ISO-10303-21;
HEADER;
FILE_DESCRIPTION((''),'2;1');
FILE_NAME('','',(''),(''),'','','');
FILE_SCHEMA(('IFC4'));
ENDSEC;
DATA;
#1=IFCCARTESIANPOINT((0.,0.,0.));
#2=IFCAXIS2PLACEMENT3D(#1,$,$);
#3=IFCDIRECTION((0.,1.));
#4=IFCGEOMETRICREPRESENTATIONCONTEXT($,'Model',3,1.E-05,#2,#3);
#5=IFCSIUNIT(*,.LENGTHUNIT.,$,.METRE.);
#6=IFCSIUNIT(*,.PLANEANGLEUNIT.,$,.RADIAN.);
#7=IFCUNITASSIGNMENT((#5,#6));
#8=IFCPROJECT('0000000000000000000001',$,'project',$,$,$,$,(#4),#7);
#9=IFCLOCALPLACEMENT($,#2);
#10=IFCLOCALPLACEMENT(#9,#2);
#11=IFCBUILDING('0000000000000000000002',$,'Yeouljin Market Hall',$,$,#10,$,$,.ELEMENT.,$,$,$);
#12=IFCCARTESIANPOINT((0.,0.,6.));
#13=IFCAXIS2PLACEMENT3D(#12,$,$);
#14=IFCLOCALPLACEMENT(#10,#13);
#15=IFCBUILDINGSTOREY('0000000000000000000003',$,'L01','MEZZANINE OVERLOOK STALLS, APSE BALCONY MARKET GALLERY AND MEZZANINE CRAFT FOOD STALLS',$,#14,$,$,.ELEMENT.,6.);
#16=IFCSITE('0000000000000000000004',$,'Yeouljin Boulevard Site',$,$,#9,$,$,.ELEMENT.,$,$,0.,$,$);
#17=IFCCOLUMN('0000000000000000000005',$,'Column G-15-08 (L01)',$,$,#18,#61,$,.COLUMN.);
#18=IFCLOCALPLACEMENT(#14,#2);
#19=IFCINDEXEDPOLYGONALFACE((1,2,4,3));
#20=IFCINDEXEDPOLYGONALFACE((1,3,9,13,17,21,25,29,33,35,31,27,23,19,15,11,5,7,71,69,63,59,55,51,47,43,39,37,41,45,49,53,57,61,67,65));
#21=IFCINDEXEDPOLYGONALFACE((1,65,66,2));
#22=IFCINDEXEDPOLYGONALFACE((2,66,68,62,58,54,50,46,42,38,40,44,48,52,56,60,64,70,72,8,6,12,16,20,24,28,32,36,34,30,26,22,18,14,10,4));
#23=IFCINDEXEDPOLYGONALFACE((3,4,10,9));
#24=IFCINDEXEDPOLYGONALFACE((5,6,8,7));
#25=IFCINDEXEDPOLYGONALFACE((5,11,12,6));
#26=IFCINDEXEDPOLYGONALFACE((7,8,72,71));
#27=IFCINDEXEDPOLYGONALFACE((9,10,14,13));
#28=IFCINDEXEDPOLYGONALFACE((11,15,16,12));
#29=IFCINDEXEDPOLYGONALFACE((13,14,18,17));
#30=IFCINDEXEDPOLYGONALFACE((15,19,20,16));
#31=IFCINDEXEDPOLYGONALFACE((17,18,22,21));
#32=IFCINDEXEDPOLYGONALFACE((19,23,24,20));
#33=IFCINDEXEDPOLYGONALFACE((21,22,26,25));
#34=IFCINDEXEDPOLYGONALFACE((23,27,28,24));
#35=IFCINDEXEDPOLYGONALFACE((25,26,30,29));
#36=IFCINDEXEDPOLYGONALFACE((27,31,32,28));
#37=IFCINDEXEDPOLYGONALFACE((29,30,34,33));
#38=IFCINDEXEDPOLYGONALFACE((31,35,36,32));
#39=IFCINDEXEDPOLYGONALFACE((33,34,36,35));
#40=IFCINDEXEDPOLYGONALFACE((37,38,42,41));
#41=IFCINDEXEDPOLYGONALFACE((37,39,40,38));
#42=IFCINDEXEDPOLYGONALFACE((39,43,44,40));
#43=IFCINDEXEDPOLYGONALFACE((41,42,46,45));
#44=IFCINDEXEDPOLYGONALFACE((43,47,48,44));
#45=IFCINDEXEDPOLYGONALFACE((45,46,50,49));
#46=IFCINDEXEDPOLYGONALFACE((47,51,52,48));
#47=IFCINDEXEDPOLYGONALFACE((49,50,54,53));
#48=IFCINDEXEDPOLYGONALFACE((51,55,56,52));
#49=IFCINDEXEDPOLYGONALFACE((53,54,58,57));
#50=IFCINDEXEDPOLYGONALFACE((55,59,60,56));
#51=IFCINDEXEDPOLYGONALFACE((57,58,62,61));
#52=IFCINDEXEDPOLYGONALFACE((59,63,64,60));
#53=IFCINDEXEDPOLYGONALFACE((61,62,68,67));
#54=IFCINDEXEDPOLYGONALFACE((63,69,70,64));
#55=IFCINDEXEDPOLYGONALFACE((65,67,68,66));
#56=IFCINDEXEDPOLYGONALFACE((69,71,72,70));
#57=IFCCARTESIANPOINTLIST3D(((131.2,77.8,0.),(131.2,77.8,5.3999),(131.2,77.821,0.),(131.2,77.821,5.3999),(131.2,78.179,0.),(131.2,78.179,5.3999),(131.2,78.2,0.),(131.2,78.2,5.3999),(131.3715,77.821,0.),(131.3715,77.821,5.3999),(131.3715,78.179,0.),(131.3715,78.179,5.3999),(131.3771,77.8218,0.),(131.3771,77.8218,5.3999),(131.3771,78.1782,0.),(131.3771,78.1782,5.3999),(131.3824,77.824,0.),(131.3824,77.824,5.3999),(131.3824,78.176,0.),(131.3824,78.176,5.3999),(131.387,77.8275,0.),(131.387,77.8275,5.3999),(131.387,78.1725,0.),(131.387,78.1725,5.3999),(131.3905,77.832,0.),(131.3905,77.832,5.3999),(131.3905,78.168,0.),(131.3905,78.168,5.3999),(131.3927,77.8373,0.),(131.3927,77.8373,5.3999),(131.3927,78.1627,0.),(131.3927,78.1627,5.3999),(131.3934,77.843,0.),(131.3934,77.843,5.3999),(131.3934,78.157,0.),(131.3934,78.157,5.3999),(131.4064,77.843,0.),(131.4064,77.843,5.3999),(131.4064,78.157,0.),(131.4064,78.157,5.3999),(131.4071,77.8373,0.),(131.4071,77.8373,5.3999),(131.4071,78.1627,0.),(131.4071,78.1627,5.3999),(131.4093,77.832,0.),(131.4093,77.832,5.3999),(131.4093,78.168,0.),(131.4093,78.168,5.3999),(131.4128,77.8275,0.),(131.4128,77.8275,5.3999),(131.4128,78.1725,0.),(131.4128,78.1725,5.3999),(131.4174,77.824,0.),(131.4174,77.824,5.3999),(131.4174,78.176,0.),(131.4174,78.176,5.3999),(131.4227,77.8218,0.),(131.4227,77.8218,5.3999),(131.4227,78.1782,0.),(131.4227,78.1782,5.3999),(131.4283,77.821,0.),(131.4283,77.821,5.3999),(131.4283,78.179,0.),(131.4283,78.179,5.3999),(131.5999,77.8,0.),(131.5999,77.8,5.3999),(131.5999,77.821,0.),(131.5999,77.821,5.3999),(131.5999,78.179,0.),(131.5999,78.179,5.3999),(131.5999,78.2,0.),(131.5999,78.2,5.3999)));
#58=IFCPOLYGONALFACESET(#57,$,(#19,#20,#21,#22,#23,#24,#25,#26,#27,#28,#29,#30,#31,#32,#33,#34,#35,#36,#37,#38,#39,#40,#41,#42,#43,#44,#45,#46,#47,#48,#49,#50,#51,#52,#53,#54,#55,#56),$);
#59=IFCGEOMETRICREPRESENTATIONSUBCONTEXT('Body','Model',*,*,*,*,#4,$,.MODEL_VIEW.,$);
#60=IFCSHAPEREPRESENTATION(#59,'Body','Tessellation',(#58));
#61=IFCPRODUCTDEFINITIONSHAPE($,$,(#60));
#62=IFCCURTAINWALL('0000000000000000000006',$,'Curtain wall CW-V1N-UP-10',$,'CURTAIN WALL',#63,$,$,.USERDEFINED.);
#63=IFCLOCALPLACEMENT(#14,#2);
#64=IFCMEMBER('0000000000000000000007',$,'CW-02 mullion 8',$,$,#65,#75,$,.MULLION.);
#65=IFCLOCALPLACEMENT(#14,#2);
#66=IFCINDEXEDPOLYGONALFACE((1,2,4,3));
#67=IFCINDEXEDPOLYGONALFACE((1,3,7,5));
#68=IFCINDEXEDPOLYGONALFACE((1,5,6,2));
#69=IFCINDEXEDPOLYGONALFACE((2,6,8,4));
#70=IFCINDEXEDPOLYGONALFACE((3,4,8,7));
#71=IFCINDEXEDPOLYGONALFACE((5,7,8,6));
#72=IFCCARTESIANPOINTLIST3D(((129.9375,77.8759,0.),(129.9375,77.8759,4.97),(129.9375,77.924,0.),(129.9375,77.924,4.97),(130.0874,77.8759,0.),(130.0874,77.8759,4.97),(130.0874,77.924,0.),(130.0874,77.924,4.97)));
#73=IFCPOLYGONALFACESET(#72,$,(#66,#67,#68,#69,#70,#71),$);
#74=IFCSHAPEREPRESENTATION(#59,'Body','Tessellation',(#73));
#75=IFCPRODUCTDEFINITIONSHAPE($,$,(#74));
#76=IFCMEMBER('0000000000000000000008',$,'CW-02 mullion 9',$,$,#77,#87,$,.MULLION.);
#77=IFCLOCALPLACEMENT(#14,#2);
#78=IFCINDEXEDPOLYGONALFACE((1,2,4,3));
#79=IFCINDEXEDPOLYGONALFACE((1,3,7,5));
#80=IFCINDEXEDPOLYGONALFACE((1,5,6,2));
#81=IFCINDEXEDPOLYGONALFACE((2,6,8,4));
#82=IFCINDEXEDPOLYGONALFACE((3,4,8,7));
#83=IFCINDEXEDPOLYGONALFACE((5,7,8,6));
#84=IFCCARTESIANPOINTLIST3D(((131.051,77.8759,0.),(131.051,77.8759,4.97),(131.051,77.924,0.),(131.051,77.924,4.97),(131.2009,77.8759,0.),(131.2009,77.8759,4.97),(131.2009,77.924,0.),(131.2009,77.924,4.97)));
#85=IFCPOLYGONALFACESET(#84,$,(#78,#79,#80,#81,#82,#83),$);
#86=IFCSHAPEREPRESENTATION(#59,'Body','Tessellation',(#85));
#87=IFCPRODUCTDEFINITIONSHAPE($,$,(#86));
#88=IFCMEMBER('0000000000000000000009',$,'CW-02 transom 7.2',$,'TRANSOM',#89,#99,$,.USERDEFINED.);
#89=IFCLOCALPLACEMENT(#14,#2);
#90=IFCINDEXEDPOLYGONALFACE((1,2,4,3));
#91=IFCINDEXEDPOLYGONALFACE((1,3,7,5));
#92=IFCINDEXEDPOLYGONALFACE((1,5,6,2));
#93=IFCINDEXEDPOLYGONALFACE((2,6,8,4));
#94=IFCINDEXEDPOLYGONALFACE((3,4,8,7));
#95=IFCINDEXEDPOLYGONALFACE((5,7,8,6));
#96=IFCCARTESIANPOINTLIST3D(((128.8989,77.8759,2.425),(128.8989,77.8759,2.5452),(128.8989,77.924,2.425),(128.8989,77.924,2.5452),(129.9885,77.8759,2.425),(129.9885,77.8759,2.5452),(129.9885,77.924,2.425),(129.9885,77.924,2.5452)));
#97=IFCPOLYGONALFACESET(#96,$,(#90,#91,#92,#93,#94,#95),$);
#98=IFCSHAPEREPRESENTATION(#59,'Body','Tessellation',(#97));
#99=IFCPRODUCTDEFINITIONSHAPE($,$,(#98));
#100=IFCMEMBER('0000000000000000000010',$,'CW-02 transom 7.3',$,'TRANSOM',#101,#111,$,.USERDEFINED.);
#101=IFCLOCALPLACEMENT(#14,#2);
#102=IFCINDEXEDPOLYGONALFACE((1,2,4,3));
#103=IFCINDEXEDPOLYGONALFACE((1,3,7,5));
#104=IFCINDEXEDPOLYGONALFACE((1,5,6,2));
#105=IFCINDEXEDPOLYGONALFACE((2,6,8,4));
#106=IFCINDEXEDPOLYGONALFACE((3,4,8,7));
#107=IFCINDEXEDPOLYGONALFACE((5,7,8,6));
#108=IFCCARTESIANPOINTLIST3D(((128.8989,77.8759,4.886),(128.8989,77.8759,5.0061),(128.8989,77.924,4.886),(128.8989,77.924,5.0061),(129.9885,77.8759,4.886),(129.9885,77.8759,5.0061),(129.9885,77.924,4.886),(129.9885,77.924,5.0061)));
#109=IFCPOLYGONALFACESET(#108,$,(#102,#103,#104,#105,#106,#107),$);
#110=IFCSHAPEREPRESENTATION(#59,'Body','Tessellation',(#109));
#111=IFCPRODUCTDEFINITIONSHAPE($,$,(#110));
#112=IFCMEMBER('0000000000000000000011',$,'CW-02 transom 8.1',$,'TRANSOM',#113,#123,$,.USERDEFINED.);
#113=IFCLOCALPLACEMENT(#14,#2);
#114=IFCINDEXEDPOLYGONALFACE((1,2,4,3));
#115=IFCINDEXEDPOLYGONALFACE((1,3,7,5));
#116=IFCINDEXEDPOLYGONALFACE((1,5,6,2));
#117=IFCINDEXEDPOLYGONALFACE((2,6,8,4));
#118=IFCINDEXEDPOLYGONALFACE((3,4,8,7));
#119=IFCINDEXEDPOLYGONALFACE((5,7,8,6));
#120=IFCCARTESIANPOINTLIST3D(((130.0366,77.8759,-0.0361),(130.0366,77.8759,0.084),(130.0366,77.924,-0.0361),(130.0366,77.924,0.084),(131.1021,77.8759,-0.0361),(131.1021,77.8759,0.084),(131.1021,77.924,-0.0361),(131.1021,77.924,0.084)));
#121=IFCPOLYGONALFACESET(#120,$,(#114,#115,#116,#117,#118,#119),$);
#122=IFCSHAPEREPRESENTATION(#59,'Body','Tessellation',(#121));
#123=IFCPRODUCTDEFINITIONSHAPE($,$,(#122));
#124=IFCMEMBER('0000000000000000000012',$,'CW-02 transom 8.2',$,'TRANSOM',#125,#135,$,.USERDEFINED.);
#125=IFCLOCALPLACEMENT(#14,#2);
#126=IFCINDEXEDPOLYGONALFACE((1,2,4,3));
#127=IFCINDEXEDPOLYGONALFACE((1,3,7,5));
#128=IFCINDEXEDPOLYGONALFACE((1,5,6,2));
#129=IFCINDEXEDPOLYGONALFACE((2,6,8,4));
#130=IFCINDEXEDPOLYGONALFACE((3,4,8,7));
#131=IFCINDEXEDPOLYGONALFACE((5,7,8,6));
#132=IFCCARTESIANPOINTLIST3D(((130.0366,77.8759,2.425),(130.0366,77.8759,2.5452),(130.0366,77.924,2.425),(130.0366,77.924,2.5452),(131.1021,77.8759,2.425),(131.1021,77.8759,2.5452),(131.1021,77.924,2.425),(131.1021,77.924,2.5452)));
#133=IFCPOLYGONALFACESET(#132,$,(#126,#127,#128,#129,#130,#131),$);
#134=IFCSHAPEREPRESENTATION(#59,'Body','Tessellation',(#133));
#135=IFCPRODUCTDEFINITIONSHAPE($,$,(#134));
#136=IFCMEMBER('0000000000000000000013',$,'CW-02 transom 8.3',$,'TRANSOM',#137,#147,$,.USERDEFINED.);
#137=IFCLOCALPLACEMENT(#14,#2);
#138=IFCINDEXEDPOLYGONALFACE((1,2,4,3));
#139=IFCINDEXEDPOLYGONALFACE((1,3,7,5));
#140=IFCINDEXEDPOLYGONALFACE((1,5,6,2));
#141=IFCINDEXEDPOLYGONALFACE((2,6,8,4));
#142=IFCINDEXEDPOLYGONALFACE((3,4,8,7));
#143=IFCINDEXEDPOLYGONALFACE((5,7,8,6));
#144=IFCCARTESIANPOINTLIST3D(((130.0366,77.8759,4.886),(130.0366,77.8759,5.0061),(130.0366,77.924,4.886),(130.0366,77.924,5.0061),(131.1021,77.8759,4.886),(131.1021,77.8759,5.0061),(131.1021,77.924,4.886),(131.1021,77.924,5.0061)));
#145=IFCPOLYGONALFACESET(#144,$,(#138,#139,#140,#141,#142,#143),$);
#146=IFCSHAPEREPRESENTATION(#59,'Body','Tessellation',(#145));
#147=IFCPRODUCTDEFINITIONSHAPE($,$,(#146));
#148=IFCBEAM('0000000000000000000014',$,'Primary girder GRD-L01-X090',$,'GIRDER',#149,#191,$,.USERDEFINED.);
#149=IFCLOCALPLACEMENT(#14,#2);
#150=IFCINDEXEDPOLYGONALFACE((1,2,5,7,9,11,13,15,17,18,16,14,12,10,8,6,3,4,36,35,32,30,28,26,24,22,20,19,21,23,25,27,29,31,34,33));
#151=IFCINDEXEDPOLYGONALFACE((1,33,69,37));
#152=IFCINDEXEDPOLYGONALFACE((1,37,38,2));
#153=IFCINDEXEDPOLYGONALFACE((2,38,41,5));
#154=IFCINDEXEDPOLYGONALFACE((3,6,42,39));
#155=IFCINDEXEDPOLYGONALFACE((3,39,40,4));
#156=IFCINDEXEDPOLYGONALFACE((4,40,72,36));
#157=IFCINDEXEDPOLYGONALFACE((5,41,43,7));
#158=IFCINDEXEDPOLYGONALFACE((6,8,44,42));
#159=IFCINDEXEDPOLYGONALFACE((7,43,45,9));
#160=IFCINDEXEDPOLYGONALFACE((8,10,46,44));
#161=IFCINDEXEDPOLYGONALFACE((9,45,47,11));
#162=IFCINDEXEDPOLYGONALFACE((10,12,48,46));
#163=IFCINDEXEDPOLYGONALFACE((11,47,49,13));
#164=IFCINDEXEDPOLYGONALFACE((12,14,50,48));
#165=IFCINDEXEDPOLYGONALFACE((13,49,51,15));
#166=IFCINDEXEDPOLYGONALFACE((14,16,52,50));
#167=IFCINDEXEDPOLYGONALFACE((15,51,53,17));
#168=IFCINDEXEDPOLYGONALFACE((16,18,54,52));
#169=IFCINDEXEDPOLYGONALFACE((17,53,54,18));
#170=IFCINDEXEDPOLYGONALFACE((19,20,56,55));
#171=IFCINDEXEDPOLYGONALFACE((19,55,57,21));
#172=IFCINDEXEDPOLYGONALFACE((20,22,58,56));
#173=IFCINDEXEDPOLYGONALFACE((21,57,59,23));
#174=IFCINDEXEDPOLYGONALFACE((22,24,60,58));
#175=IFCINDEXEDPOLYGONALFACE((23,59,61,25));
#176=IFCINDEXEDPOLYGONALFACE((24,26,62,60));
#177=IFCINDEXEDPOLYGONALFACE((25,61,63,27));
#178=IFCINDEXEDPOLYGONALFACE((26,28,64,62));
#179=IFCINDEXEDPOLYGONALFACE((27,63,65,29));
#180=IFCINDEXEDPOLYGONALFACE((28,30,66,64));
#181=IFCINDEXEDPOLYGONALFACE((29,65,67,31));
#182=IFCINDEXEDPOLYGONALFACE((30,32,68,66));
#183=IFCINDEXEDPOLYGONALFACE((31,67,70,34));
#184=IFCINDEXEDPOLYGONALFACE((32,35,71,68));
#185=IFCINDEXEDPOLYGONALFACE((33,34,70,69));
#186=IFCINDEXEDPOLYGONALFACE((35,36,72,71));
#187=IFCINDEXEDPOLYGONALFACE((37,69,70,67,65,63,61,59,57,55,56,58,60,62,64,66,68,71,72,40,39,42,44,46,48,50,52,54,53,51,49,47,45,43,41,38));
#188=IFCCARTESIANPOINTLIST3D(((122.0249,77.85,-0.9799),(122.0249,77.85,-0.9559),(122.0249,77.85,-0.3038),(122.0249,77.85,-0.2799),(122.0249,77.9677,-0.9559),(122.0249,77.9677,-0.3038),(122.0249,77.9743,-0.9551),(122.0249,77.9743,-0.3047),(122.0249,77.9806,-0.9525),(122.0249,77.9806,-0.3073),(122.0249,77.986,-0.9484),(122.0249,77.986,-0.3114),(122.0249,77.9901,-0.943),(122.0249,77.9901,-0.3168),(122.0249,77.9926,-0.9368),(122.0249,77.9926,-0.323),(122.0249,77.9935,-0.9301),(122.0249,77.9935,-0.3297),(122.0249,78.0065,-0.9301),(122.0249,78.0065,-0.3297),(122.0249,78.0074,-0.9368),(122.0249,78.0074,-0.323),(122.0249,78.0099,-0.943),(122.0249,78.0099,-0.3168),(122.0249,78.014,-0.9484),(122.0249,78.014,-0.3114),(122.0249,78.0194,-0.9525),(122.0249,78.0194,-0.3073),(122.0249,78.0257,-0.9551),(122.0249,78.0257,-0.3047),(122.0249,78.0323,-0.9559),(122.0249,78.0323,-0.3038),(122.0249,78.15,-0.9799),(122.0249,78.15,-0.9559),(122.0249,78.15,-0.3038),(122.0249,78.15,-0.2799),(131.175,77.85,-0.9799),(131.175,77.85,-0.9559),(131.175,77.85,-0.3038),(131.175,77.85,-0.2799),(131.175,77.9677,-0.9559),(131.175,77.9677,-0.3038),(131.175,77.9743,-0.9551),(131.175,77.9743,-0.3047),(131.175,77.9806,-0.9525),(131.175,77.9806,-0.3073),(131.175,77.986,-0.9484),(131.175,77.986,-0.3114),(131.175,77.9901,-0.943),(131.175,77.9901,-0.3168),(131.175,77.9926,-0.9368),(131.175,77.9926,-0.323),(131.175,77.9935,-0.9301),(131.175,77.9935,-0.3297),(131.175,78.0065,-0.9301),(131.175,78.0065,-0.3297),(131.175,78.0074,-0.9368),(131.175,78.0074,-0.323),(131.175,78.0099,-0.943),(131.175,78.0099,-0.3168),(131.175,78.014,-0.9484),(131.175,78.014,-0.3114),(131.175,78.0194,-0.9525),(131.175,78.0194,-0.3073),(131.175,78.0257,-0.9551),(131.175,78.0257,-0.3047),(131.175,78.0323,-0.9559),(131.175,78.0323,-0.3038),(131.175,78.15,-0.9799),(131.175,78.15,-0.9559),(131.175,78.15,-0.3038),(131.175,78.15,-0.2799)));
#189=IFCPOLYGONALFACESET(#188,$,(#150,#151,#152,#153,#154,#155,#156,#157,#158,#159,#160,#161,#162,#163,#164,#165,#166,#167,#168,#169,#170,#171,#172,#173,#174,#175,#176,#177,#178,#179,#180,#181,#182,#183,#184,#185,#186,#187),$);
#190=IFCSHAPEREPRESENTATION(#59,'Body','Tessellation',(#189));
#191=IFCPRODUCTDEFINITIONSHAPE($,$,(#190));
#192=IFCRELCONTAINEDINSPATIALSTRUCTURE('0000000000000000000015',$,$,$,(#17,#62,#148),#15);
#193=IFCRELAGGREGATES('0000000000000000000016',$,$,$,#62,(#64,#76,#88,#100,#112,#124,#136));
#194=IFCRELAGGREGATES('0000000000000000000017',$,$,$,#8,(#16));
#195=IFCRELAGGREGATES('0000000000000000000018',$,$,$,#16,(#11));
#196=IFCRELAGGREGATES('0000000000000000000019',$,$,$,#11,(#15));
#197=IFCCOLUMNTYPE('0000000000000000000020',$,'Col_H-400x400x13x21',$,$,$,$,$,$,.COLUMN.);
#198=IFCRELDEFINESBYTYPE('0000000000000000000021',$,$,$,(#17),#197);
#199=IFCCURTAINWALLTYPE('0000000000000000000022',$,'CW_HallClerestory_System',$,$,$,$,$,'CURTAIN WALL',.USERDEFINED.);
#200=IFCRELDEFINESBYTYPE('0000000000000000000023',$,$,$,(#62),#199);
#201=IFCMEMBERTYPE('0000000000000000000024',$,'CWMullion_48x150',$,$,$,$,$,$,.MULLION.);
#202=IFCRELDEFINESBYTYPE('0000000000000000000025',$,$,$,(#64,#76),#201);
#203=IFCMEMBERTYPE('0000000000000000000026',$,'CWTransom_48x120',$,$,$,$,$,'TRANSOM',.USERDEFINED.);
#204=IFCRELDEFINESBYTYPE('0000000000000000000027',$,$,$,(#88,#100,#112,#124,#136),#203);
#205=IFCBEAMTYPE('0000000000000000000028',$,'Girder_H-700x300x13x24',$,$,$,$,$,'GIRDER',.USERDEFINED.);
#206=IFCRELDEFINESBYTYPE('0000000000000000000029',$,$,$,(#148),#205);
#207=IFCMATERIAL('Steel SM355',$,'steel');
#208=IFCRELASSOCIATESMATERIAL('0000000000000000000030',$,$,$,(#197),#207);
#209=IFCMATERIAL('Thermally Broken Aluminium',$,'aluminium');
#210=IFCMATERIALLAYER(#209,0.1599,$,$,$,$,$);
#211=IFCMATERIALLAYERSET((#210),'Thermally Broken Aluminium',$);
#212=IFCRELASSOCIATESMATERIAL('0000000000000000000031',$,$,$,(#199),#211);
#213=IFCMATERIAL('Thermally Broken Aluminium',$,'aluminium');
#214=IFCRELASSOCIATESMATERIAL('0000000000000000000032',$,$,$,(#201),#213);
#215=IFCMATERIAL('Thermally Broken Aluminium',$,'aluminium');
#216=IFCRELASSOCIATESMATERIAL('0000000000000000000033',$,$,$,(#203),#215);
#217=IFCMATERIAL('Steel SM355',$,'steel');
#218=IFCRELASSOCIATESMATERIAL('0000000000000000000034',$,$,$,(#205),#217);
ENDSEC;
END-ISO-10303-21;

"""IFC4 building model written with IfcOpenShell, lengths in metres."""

from ifc_helpers import new_model, si_unit, direction, frame, origin, origin_2d, place, context, subcontext, project, spatial, rectangle, i_section, extrude, material, layer, layer_set, material_profile, profile_set, type_object, element, aggregate, save


model = new_model("IFC4")

# Units and contexts
model_context = context("Model", 3, precision=1e-05, world=origin(), true_north=direction((0.0, 1.0)))
body_context = subcontext(model_context, "Body", "Model", "MODEL_VIEW")
ifc_project = project(units=[si_unit("LENGTHUNIT", "METRE"), si_unit("PLANEANGLEUNIT", "RADIAN")], contexts=[model_context])

# Site, building, storey
site_placement = place(None, origin())
site = spatial("IfcSite", under=ifc_project, at=site_placement, Name="Yeouljin Boulevard Site", CompositionType="ELEMENT", RefElevation=0.0)
building_placement = place(site_placement, origin())
building = spatial("IfcBuilding", under=site, at=building_placement, Name="Yeouljin Market Hall", CompositionType="ELEMENT")
storey_placement = place(building_placement, frame((0.0, 0.0, 6.0)))
storey = spatial("IfcBuildingStorey", under=building, at=storey_placement, Name="L01", Description="MEZZANINE OVERLOOK STALLS, APSE BALCONY MARKET GALLERY AND MEZZANINE CRAFT FOOD STALLS", CompositionType="ELEMENT", Elevation=6.0)

# Column
ifc_material_1 = material(Name="Steel SM355", Category="steel")
ifc_material_profile_1 = material_profile(ifc_material_1, i_section(OverallWidth=0.3999, OverallDepth=0.3999, WebThickness=0.0129, FlangeThickness=0.021, FilletRadius=0.022, at=origin_2d()), Name="H-400x400x13x21")
ifc_profile_set_1 = profile_set([ifc_material_profile_1], Name="Steel SM355")
column_type = type_object("IfcColumnType", Name="Col_H-400x400x13x21", PredefinedType="COLUMN", material=ifc_profile_set_1)
column_placement = place(storey_placement, frame((131.3999, 78.0, 0.0), z_axis=(0.0, 0.0, 1.0), x_axis=(1.0, 0.0, 0.0)))
element("IfcColumn", 1, at=column_placement, inside=storey, type_object=column_type, Name="Column G-15-08 (L01)", PredefinedType="COLUMN", context=body_context, shape_type="SweptSolid", body=[
    extrude(i_section(OverallWidth=0.3999, OverallDepth=0.3999, WebThickness=0.0129, FlangeThickness=0.021, FilletRadius=0.022, at=origin_2d()), origin(), (0.0, 0.0, 1.0), 5.3999),
])

# Curtain wall, members
ifc_material_2 = material(Name="Thermally Broken Aluminium", Category="aluminium")
ifc_layer_1 = layer(ifc_material_2, 0.1599)
ifc_layer_set_1 = layer_set([ifc_layer_1], Name="Thermally Broken Aluminium")
curtain_wall_type = type_object("IfcCurtainWallType", Name="CW_HallClerestory_System", ElementType="CURTAIN WALL", PredefinedType="USERDEFINED", material=ifc_layer_set_1)
curtain_wall_placement = place(storey_placement, origin())
curtain_wall = element("IfcCurtainWall", 2, at=curtain_wall_placement, inside=storey, type_object=curtain_wall_type, Name="Curtain wall CW-V1N-UP-10", ObjectType="CURTAIN WALL", PredefinedType="USERDEFINED")
ifc_material_3 = material(Name="Thermally Broken Aluminium", Category="aluminium")
ifc_material_profile_2 = material_profile(ifc_material_3, rectangle(XDim=0.0481, YDim=0.1499, at=origin_2d()), Name="CW-MULL-48x150")
ifc_profile_set_2 = profile_set([ifc_material_profile_2], Name="Thermally Broken Aluminium")
member_type_1 = type_object("IfcMemberType", Name="CWMullion_48x150", PredefinedType="MULLION", material=ifc_profile_set_2)
member_1_placement = place(storey_placement, frame((130.0125, 77.8999, 0.0), z_axis=(0.0, 0.0, 1.0), x_axis=(0.0, 1.0, 0.0)))
member_1 = element("IfcMember", 3, at=member_1_placement, type_object=member_type_1, Name="CW-02 mullion 8", PredefinedType="MULLION", context=body_context, shape_type="SweptSolid", body=[
    extrude(rectangle(XDim=0.0481, YDim=0.1499, at=origin_2d()), origin(), (0.0, 0.0, 1.0), 4.97),
])
member_2_placement = place(storey_placement, frame((131.126, 77.8999, 0.0), z_axis=(0.0, 0.0, 1.0), x_axis=(0.0, 1.0, 0.0)))
member_2 = element("IfcMember", 4, at=member_2_placement, type_object=member_type_1, Name="CW-02 mullion 9", PredefinedType="MULLION", context=body_context, shape_type="SweptSolid", body=[
    extrude(rectangle(XDim=0.0481, YDim=0.1499, at=origin_2d()), origin(), (0.0, 0.0, 1.0), 4.97),
])
ifc_material_4 = material(Name="Thermally Broken Aluminium", Category="aluminium")
ifc_material_profile_3 = material_profile(ifc_material_4, rectangle(XDim=0.0481, YDim=0.1201, at=origin_2d()), Name="CW-TRAN-48x120")
ifc_profile_set_3 = profile_set([ifc_material_profile_3], Name="Thermally Broken Aluminium")
member_type_2 = type_object("IfcMemberType", Name="CWTransom_48x120", ElementType="TRANSOM", PredefinedType="USERDEFINED", material=ifc_profile_set_3)
member_3_placement = place(storey_placement, frame((128.8989, 77.8999, 2.4851), z_axis=(1.0, 0.0, 0.0), x_axis=(0.0, 1.0, 0.0)))
member_3 = element("IfcMember", 5, at=member_3_placement, type_object=member_type_2, Name="CW-02 transom 7.2", ObjectType="TRANSOM", PredefinedType="USERDEFINED", context=body_context, shape_type="SweptSolid", body=[
    extrude(rectangle(XDim=0.0481, YDim=0.1201, at=origin_2d()), origin(), (0.0, 0.0, 1.0), 1.0896),
])
member_4_placement = place(storey_placement, frame((128.8989, 77.8999, 4.946), z_axis=(1.0, 0.0, 0.0), x_axis=(0.0, 1.0, 0.0)))
member_4 = element("IfcMember", 6, at=member_4_placement, type_object=member_type_2, Name="CW-02 transom 7.3", ObjectType="TRANSOM", PredefinedType="USERDEFINED", context=body_context, shape_type="SweptSolid", body=[
    extrude(rectangle(XDim=0.0481, YDim=0.1201, at=origin_2d()), origin(), (0.0, 0.0, 1.0), 1.0896),
])
member_5_placement = place(storey_placement, frame((130.0366, 77.8999, 0.0239), z_axis=(1.0, 0.0, 0.0), x_axis=(0.0, 1.0, 0.0)))
member_5 = element("IfcMember", 7, at=member_5_placement, type_object=member_type_2, Name="CW-02 transom 8.1", ObjectType="TRANSOM", PredefinedType="USERDEFINED", context=body_context, shape_type="SweptSolid", body=[
    extrude(rectangle(XDim=0.0481, YDim=0.1201, at=origin_2d()), origin(), (0.0, 0.0, 1.0), 1.0654),
])
member_6_placement = place(storey_placement, frame((130.0366, 77.8999, 2.4851), z_axis=(1.0, 0.0, 0.0), x_axis=(0.0, 1.0, 0.0)))
member_6 = element("IfcMember", 8, at=member_6_placement, type_object=member_type_2, Name="CW-02 transom 8.2", ObjectType="TRANSOM", PredefinedType="USERDEFINED", context=body_context, shape_type="SweptSolid", body=[
    extrude(rectangle(XDim=0.0481, YDim=0.1201, at=origin_2d()), origin(), (0.0, 0.0, 1.0), 1.0654),
])
member_7_placement = place(storey_placement, frame((130.0366, 77.8999, 4.946), z_axis=(1.0, 0.0, 0.0), x_axis=(0.0, 1.0, 0.0)))
member_7 = element("IfcMember", 9, at=member_7_placement, type_object=member_type_2, Name="CW-02 transom 8.3", ObjectType="TRANSOM", PredefinedType="USERDEFINED", context=body_context, shape_type="SweptSolid", body=[
    extrude(rectangle(XDim=0.0481, YDim=0.1201, at=origin_2d()), origin(), (0.0, 0.0, 1.0), 1.0654),
])

# Beam
ifc_material_5 = material(Name="Steel SM355", Category="steel")
ifc_material_profile_4 = material_profile(ifc_material_5, i_section(OverallWidth=0.3, OverallDepth=0.7, WebThickness=0.0129, FlangeThickness=0.0239, FilletRadius=0.0259, at=origin_2d()), Name="H-700x300x13x24")
ifc_profile_set_4 = profile_set([ifc_material_profile_4], Name="Steel SM355")
beam_type_1 = type_object("IfcBeamType", Name="Girder_H-700x300x13x24", ElementType="GIRDER", PredefinedType="USERDEFINED", material=ifc_profile_set_4)
beam_1_placement = place(storey_placement, frame((122.0249, 78.0, -0.6299), z_axis=(1.0, 0.0, 0.0), x_axis=(0.0, 1.0, 0.0)))
element("IfcBeam", 10, at=beam_1_placement, inside=storey, type_object=beam_type_1, Name="Primary girder GRD-L01-X090", ObjectType="GIRDER", PredefinedType="USERDEFINED", context=body_context, shape_type="SweptSolid", body=[
    extrude(i_section(OverallWidth=0.3, OverallDepth=0.7, WebThickness=0.0129, FlangeThickness=0.0239, FilletRadius=0.0259, at=origin_2d()), origin(), (0.0, 0.0, 1.0), 9.1501),
])

aggregate(curtain_wall, [member_1, member_2, member_3, member_4, member_5, member_6, member_7])

save(model, "model.ifc")
